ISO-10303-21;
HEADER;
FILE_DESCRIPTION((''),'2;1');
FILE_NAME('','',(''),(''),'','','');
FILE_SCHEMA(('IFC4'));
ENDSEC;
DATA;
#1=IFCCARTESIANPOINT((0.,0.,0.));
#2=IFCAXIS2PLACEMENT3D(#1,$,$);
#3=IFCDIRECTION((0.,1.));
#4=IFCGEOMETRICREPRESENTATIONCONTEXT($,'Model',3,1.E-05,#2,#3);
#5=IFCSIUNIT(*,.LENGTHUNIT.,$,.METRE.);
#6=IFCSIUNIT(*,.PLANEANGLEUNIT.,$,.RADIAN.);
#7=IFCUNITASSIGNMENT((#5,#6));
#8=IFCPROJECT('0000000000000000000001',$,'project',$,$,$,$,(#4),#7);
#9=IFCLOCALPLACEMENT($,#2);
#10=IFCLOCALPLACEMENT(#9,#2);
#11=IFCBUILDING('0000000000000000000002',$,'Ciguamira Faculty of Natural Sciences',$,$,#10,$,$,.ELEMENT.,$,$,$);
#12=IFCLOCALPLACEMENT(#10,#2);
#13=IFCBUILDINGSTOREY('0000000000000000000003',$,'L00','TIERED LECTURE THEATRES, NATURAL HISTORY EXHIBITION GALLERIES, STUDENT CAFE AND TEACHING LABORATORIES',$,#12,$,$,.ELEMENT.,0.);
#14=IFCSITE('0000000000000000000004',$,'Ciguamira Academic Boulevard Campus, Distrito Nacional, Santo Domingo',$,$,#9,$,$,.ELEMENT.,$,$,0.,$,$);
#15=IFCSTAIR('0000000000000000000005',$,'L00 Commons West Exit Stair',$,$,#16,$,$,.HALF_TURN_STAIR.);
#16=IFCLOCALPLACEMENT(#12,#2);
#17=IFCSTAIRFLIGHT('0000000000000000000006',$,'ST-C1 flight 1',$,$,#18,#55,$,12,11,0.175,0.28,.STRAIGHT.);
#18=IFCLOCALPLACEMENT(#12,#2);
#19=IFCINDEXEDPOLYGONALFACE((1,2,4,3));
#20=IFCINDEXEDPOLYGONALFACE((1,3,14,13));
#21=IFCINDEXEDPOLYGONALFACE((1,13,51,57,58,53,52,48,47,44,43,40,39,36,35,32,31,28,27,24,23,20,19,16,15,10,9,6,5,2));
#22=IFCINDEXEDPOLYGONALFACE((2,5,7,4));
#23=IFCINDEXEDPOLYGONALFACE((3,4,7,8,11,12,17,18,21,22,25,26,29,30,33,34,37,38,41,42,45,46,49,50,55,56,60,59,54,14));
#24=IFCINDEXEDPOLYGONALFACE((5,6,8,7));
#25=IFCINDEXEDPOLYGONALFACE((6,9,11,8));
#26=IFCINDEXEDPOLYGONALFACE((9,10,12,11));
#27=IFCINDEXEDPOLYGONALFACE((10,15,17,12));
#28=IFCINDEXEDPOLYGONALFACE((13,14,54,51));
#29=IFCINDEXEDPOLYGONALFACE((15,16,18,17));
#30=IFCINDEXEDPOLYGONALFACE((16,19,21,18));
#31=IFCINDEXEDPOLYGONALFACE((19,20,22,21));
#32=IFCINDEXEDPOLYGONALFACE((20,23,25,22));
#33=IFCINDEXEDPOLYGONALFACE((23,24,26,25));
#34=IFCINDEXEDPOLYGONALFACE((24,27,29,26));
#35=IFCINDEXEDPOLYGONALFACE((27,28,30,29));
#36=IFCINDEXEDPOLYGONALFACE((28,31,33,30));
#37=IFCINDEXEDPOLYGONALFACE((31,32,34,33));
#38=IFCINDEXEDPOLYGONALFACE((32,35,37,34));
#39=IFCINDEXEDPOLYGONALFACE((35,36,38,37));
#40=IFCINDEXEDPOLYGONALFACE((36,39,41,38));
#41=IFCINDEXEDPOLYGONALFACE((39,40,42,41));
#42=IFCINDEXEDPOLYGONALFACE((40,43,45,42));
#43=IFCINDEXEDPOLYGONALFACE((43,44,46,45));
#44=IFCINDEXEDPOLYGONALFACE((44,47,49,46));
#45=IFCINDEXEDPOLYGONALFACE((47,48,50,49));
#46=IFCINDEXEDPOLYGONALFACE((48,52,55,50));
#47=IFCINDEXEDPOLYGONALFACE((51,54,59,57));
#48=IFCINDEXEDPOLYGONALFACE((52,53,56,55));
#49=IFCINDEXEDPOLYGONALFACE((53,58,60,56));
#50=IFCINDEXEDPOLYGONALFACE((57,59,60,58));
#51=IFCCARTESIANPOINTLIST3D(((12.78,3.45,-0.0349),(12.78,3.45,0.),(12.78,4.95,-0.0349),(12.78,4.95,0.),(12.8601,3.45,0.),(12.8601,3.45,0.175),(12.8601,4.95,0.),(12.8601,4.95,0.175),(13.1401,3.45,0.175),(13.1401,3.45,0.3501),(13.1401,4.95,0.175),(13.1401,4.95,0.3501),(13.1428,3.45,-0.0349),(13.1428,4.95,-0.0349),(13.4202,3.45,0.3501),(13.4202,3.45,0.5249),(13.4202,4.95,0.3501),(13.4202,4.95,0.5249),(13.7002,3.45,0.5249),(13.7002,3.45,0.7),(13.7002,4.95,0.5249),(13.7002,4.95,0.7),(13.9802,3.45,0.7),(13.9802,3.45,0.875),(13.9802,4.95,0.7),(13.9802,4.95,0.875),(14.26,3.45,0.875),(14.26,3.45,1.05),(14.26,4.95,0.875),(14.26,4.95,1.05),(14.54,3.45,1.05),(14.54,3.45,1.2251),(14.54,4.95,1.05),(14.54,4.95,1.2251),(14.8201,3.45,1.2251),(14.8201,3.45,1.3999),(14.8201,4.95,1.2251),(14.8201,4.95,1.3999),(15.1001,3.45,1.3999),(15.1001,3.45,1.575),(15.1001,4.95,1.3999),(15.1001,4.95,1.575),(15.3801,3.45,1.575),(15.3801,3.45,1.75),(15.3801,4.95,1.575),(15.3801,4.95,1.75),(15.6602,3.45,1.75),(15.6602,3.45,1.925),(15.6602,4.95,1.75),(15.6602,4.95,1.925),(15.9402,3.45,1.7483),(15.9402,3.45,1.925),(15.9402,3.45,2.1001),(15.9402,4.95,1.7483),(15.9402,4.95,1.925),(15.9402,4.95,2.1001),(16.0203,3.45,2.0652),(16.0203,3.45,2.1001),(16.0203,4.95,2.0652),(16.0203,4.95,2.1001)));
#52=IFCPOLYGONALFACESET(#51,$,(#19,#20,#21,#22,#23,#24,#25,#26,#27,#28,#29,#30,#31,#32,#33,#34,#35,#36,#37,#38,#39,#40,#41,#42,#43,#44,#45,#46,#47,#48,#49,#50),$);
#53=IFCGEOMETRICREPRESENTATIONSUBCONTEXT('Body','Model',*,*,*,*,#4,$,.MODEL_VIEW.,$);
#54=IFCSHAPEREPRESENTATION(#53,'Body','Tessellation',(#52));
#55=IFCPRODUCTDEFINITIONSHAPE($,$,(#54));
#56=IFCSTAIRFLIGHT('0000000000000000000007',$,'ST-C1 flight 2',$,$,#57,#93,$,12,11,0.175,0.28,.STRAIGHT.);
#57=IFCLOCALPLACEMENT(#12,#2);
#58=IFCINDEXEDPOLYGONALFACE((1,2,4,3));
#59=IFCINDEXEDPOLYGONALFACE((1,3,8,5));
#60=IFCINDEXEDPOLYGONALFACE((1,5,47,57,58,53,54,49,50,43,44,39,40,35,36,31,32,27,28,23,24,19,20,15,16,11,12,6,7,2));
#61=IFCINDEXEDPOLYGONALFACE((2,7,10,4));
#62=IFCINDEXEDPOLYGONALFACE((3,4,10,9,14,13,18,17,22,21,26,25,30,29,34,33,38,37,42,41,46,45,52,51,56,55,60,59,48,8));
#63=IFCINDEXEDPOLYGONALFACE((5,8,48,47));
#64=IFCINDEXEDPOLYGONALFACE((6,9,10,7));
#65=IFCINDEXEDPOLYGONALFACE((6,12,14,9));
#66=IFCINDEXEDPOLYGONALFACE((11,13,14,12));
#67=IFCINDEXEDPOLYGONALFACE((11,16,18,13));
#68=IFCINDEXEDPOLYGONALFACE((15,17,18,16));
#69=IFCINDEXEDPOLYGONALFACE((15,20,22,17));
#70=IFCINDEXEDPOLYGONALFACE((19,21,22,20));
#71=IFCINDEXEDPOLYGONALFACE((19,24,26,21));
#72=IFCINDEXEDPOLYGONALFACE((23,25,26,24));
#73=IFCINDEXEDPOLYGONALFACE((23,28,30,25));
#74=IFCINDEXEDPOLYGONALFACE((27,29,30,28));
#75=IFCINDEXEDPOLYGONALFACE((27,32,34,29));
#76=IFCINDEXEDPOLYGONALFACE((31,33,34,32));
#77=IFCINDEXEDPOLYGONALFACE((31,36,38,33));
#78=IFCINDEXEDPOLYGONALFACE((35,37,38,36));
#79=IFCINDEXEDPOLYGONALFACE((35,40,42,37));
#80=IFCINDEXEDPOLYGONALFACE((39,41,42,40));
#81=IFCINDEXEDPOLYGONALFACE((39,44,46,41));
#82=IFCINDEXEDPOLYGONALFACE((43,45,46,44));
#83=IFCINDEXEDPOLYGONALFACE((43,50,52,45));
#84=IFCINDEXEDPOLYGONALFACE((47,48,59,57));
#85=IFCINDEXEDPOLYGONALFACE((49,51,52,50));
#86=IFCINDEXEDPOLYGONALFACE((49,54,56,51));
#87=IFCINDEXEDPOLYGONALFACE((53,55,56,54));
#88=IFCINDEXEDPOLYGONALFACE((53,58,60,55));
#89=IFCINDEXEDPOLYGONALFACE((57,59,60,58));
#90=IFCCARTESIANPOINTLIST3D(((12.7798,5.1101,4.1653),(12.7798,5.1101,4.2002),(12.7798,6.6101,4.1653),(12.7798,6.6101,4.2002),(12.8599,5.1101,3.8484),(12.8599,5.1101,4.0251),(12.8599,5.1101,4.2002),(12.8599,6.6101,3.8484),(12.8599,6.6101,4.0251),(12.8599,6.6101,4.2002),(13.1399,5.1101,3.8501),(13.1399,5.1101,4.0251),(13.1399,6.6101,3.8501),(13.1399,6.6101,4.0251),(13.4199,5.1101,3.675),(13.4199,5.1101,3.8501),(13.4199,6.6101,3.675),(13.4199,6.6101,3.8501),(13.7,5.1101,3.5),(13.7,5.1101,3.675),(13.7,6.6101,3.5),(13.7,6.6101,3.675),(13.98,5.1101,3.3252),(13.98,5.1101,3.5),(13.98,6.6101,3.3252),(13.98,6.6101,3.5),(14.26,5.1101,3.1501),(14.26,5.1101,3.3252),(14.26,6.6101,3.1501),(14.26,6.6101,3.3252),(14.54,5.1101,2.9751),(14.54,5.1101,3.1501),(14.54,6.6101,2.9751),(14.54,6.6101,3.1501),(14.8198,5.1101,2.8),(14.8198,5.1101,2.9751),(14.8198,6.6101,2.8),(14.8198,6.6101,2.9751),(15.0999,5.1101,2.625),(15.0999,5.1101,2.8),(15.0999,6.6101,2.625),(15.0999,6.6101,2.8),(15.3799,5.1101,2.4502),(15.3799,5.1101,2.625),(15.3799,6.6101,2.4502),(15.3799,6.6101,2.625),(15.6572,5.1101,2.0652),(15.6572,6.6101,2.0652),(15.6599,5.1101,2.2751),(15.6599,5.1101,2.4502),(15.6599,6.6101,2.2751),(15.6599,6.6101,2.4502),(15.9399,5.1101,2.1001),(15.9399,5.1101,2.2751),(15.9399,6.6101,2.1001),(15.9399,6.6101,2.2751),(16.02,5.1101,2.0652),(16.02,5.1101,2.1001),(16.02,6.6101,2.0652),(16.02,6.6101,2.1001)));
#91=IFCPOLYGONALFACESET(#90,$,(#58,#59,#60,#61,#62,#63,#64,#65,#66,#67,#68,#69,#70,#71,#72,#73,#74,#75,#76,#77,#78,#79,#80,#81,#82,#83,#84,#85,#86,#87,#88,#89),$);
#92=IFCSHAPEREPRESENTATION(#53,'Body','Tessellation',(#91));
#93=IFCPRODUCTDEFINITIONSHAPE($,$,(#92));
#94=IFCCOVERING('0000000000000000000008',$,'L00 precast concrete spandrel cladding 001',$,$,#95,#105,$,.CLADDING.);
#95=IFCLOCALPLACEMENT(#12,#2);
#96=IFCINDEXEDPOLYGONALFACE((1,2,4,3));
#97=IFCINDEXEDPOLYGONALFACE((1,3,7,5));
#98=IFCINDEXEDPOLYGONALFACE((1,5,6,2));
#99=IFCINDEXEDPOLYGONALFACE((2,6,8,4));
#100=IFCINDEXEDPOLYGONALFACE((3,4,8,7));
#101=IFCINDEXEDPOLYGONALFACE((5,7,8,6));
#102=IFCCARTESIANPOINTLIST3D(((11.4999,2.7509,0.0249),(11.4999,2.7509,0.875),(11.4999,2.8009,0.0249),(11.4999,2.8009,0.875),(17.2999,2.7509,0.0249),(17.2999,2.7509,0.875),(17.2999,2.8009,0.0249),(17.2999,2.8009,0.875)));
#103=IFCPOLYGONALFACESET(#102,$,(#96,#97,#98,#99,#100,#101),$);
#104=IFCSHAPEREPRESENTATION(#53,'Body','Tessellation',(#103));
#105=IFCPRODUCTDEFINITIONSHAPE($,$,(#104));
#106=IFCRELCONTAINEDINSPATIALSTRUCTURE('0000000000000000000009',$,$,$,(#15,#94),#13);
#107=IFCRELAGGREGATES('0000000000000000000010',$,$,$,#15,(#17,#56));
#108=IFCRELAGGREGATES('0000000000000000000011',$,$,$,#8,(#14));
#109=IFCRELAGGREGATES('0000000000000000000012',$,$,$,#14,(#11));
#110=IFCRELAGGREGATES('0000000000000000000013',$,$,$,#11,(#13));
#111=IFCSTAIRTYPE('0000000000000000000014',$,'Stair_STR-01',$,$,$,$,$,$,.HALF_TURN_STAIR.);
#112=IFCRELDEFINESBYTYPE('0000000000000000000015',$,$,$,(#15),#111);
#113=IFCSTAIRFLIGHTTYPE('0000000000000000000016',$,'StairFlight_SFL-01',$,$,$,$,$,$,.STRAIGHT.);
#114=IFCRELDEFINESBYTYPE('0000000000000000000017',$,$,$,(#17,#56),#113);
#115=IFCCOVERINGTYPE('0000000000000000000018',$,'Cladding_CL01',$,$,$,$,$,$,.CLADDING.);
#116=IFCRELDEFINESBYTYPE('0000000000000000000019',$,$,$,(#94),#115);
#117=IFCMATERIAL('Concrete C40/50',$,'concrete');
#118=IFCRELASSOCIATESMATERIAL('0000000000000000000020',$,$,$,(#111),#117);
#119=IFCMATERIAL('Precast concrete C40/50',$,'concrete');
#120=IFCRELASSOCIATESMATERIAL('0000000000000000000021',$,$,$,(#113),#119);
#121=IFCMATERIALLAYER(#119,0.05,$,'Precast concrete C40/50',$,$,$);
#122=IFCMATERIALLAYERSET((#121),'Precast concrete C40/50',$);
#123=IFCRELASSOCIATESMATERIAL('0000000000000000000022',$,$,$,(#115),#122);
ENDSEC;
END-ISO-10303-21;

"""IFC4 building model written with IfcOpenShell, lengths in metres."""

from ifc_helpers import new_model, si_unit, direction, frame, origin, origin_2d, place, context, subcontext, project, spatial, polyline, rectangle, outline, extrude, material, layer, layer_set, type_object, element, aggregate, save


model = new_model("IFC4")

# Units and contexts
model_context = context("Model", 3, precision=1e-05, world=origin(), true_north=direction((0.0, 1.0)))
body_context = subcontext(model_context, "Body", "Model", "MODEL_VIEW")
ifc_project = project(units=[si_unit("LENGTHUNIT", "METRE"), si_unit("PLANEANGLEUNIT", "RADIAN")], contexts=[model_context])

# Site, building, storey
site_placement = place(None, origin())
site = spatial("IfcSite", under=ifc_project, at=site_placement, Name="Ciguamira Academic Boulevard Campus, Distrito Nacional, Santo Domingo", CompositionType="ELEMENT", RefElevation=0.0)
building_placement = place(site_placement, origin())
building = spatial("IfcBuilding", under=site, at=building_placement, Name="Ciguamira Faculty of Natural Sciences", CompositionType="ELEMENT")
storey_placement = place(building_placement, origin())
storey = spatial("IfcBuildingStorey", under=building, at=storey_placement, Name="L00", Description="TIERED LECTURE THEATRES, NATURAL HISTORY EXHIBITION GALLERIES, STUDENT CAFE AND TEACHING LABORATORIES", CompositionType="ELEMENT", Elevation=0.0)

# Shared definitions
ifc_material_1 = material(Name="Concrete C40/50", Category="concrete")

# Shared definitions
ifc_material_2 = material(Name="Precast concrete C40/50", Category="concrete")

# Stair, stair flights
stair_type = type_object("IfcStairType", Name="Stair_STR-01", PredefinedType="HALF_TURN_STAIR", material=ifc_material_1)
stair_placement = place(storey_placement, origin())
stair = element("IfcStair", 1, at=stair_placement, inside=storey, type_object=stair_type, Name="L00 Commons West Exit Stair", PredefinedType="HALF_TURN_STAIR")
stair_flight_type = type_object("IfcStairFlightType", Name="StairFlight_SFL-01", PredefinedType="STRAIGHT", material=ifc_material_2)
stair_flight_1_placement = place(storey_placement, frame((12.8601, 4.2, 0.0), z_axis=(0.0, 0.0, 1.0), x_axis=(1.0, 0.0, 0.0)))
stair_flight_1 = element("IfcStairFlight", 2, at=stair_flight_1_placement, type_object=stair_flight_type, Name="ST-C1 flight 1", NumberOfRisers=12, NumberOfTreads=11, PredefinedType="STRAIGHT", RiserHeight=0.175, TreadLength=0.28, context=body_context, shape_type="SweptSolid", body=[
    extrude(outline(polyline([(-0.0801, -0.0349), (-0.0801, 0.0), (0.0, 0.0), (0.0, 0.175), (0.28, 0.175), (0.28, 0.3501), (0.5601, 0.3501), (0.5601, 0.5249), (0.8401, 0.5249), (0.8401, 0.7), (1.1201, 0.7), (1.1201, 0.875), (1.3999, 0.875), (1.3999, 1.05), (1.6799, 1.05), (1.6799, 1.2251), (1.96, 1.2251), (1.96, 1.3999), (2.24, 1.3999), (2.24, 1.575), (2.52, 1.575), (2.52, 1.75), (2.8, 1.75), (2.8, 1.925), (3.0801, 1.925), (3.0801, 2.1001), (3.1602, 2.1001), (3.1602, 2.0652), (3.0801, 1.7483), (0.2827, -0.0349), (-0.0801, -0.0349)])), frame((0.0, 0.75, 0.0), z_axis=(0.0, -1.0, 0.0), x_axis=(1.0, 0.0, 0.0)), (0.0, 0.0, 1.0), 1.5),
])
stair_flight_2_placement = place(storey_placement, frame((15.9399, 5.8601, 2.1001), z_axis=(0.0, 0.0, 1.0), x_axis=(-1.0, 0.0, 0.0)))
stair_flight_2 = element("IfcStairFlight", 3, at=stair_flight_2_placement, type_object=stair_flight_type, Name="ST-C1 flight 2", NumberOfRisers=12, NumberOfTreads=11, PredefinedType="STRAIGHT", RiserHeight=0.175, TreadLength=0.28, context=body_context, shape_type="SweptSolid", body=[
    extrude(outline(polyline([(-0.0801, -0.0349), (-0.0801, 0.0), (0.0, 0.0), (0.0, 0.175), (0.28, 0.175), (0.28, 0.3501), (0.5601, 0.3501), (0.5601, 0.5249), (0.8401, 0.5249), (0.8401, 0.7), (1.1201, 0.7), (1.1201, 0.875), (1.3999, 0.875), (1.3999, 1.05), (1.6799, 1.05), (1.6799, 1.2251), (1.96, 1.2251), (1.96, 1.3999), (2.24, 1.3999), (2.24, 1.575), (2.52, 1.575), (2.52, 1.75), (2.8, 1.75), (2.8, 1.925), (3.0801, 1.925), (3.0801, 2.1001), (3.1602, 2.1001), (3.1602, 2.0652), (3.0801, 1.7483), (0.2827, -0.0349), (-0.0801, -0.0349)])), frame((0.0, 0.75, 0.0), z_axis=(0.0, -1.0, 0.0), x_axis=(1.0, 0.0, 0.0)), (0.0, 0.0, 1.0), 1.5),
])
aggregate(stair, [stair_flight_1, stair_flight_2])

# Covering
ifc_layer_1 = layer(ifc_material_2, 0.05, Name="Precast concrete C40/50")
ifc_layer_set_1 = layer_set([ifc_layer_1], Name="Precast concrete C40/50")
covering_type = type_object("IfcCoveringType", Name="Cladding_CL01", PredefinedType="CLADDING", material=ifc_layer_set_1)
covering_placement = place(storey_placement, frame((14.3999, 2.7759, 0.0249), z_axis=(0.0, 0.0, 1.0), x_axis=(1.0, 0.0, 0.0)))
element("IfcCovering", 4, at=covering_placement, inside=storey, type_object=covering_type, Name="L00 precast concrete spandrel cladding 001", PredefinedType="CLADDING", context=body_context, shape_type="SweptSolid", body=[
    extrude(rectangle(XDim=5.8, YDim=0.05, at=origin_2d()), origin(), (0.0, 0.0, 1.0), 0.8501),
])

save(model, "model.ifc")
